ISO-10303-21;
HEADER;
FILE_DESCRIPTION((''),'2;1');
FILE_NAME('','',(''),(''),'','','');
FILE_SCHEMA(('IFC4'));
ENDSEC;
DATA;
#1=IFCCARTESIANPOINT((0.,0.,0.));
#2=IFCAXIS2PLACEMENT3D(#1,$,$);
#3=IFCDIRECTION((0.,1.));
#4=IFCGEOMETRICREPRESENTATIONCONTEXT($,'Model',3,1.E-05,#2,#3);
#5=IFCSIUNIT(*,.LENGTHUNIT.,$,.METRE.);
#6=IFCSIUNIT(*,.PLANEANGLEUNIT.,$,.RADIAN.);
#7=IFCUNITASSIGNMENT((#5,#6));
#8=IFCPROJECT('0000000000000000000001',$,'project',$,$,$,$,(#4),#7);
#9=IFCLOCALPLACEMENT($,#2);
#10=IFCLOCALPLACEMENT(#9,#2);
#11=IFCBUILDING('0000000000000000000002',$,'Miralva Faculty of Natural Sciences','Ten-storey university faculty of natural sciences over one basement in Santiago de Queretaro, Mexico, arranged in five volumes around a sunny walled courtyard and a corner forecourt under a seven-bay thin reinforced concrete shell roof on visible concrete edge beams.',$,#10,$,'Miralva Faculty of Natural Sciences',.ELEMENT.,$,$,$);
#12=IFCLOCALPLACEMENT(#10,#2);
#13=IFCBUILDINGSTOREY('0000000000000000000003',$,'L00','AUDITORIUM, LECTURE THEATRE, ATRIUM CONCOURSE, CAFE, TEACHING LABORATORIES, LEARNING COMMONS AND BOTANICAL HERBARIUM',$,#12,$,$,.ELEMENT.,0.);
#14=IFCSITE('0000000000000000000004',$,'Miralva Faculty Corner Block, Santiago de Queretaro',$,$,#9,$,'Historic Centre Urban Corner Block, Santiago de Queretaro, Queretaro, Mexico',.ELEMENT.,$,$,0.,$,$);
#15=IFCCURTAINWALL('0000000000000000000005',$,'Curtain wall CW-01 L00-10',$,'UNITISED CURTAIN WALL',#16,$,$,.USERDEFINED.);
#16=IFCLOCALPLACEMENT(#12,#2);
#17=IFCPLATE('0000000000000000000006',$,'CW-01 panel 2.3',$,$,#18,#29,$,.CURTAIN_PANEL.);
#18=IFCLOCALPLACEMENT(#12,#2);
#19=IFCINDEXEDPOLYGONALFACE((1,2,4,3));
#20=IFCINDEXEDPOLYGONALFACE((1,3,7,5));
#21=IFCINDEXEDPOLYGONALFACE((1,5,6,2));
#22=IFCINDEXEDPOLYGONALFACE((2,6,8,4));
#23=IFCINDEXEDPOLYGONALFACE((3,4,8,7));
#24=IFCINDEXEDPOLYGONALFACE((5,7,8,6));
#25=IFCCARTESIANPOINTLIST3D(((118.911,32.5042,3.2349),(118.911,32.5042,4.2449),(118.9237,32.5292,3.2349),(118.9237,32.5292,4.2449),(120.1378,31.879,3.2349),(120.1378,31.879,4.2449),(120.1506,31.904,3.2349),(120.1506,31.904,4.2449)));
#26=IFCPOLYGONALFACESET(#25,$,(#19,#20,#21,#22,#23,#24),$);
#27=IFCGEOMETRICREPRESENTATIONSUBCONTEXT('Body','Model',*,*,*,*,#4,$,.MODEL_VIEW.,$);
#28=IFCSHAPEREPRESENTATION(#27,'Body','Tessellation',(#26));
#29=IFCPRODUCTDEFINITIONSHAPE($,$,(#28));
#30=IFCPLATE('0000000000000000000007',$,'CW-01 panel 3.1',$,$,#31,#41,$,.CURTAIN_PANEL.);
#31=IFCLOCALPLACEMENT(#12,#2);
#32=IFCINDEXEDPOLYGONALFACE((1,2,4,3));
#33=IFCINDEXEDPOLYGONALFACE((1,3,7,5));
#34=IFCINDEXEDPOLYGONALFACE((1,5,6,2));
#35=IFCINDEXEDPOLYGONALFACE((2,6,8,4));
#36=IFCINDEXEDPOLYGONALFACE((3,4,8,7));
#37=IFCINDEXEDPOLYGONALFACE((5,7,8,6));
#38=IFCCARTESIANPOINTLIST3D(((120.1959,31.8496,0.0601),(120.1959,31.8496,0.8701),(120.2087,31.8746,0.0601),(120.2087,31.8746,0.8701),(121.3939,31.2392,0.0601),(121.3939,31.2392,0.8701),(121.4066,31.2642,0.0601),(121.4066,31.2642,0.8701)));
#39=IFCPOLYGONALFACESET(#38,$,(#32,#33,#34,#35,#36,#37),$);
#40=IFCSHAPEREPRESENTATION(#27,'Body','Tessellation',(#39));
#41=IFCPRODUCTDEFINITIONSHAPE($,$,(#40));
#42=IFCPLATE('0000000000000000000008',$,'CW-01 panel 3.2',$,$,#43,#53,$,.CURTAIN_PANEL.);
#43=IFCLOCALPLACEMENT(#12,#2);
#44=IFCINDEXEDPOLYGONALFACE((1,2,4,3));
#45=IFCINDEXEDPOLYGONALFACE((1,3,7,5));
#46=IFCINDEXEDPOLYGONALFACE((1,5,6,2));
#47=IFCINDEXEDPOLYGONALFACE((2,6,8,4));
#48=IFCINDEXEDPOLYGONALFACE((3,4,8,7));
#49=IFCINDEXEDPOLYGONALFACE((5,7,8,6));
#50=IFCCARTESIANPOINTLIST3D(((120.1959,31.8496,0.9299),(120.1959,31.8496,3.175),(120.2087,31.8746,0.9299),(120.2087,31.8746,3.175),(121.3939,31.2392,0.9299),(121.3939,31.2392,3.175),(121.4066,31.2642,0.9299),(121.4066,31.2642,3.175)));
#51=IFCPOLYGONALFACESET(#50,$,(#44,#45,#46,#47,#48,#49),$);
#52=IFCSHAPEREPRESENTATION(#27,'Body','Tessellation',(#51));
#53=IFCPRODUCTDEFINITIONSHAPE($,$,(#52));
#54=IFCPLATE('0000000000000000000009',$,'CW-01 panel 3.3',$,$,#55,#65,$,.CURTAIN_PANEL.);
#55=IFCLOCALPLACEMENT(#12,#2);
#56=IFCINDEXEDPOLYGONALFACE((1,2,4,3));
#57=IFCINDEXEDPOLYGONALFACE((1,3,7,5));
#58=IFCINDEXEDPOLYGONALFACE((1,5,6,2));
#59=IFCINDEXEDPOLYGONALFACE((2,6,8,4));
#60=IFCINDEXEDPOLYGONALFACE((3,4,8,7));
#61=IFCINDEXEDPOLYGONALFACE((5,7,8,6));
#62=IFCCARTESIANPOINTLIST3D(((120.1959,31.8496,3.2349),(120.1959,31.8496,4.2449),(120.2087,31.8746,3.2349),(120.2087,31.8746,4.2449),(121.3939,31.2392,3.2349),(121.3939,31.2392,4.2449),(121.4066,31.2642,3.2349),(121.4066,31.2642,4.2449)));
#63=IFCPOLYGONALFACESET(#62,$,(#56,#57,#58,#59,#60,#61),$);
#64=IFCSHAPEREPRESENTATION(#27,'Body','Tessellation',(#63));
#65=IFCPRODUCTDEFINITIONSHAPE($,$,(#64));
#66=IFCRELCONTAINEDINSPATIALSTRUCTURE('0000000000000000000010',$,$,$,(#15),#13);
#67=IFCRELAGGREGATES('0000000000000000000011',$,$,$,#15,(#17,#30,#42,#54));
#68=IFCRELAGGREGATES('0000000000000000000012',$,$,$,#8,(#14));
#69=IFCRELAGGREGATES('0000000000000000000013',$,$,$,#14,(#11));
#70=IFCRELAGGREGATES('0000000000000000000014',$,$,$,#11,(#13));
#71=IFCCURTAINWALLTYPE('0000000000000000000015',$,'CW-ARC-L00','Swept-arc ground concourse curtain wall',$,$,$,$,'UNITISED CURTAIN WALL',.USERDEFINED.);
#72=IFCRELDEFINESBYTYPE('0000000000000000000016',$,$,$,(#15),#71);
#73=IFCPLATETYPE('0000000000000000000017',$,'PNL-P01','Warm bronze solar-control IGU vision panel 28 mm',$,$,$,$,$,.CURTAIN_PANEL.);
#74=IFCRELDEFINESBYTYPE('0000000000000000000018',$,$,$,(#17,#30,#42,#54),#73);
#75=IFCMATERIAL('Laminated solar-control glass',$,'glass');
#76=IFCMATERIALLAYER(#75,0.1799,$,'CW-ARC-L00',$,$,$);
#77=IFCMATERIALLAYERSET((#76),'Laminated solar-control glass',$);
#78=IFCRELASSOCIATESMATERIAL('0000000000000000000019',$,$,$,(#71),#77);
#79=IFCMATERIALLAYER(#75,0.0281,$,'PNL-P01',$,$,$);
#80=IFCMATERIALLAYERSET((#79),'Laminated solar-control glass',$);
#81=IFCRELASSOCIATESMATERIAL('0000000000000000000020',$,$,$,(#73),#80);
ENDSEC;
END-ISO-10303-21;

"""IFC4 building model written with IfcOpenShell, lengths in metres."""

from ifc_helpers import new_model, si_unit, direction, frame, origin, origin_2d, place, context, subcontext, project, spatial, rectangle, extrude, material, layer, layer_set, type_object, element, aggregate, save


model = new_model("IFC4")

# Units and contexts
model_context = context("Model", 3, precision=1e-05, world=origin(), true_north=direction((0.0, 1.0)))
body_context = subcontext(model_context, "Body", "Model", "MODEL_VIEW")
ifc_project = project(units=[si_unit("LENGTHUNIT", "METRE"), si_unit("PLANEANGLEUNIT", "RADIAN")], contexts=[model_context])

# Site, building, storey
site_placement = place(None, origin())
site = spatial("IfcSite", under=ifc_project, at=site_placement, Name="Miralva Faculty Corner Block, Santiago de Queretaro", LongName="Historic Centre Urban Corner Block, Santiago de Queretaro, Queretaro, Mexico", CompositionType="ELEMENT", RefElevation=0.0)
building_placement = place(site_placement, origin())
building = spatial("IfcBuilding", under=site, at=building_placement, Name="Miralva Faculty of Natural Sciences", Description="Ten-storey university faculty of natural sciences over one basement in Santiago de Queretaro, Mexico, arranged in five volumes around a sunny walled courtyard and a corner forecourt under a seven-bay thin reinforced concrete shell roof on visible concrete edge beams.", LongName="Miralva Faculty of Natural Sciences", CompositionType="ELEMENT")
storey_placement = place(building_placement, origin())
storey = spatial("IfcBuildingStorey", under=building, at=storey_placement, Name="L00", Description="AUDITORIUM, LECTURE THEATRE, ATRIUM CONCOURSE, CAFE, TEACHING LABORATORIES, LEARNING COMMONS AND BOTANICAL HERBARIUM", CompositionType="ELEMENT", Elevation=0.0)

# Curtain wall
ifc_material_1 = material(Name="Laminated solar-control glass", Category="glass")
ifc_layer_1 = layer(ifc_material_1, 0.1799, Name="CW-ARC-L00")
ifc_layer_set_1 = layer_set([ifc_layer_1], Name="Laminated solar-control glass")
curtain_wall_type = type_object("IfcCurtainWallType", Name="CW-ARC-L00", Description="Swept-arc ground concourse curtain wall", ElementType="UNITISED CURTAIN WALL", PredefinedType="USERDEFINED", material=ifc_layer_set_1)
curtain_wall_1_placement = place(storey_placement, origin())
curtain_wall_1 = element("IfcCurtainWall", 1, at=curtain_wall_1_placement, inside=storey, type_object=curtain_wall_type, Name="Curtain wall CW-01 L00-10", ObjectType="UNITISED CURTAIN WALL", PredefinedType="USERDEFINED")

# Plates
ifc_layer_2 = layer(ifc_material_1, 0.0281, Name="PNL-P01")
ifc_layer_set_2 = layer_set([ifc_layer_2], Name="Laminated solar-control glass")
plate_type = type_object("IfcPlateType", Name="PNL-P01", Description="Warm bronze solar-control IGU vision panel 28 mm", PredefinedType="CURTAIN_PANEL", material=ifc_layer_set_2)
plate_1_placement = place(storey_placement, frame((119.5308, 32.2041, 3.2349), z_axis=(0.0, 0.0, 1.0), x_axis=(0.891003, -0.453997, 0.0)))
plate_1 = element("IfcPlate", 2, at=plate_1_placement, type_object=plate_type, Name="CW-01 panel 2.3", PredefinedType="CURTAIN_PANEL", context=body_context, shape_type="SweptSolid", body=[
    extrude(rectangle(XDim=1.377, YDim=0.0281, at=origin_2d()), origin(), (0.0, 0.0, 1.0), 1.01),
])
plate_2_placement = place(storey_placement, frame((120.8013, 31.5569, 0.0601), z_axis=(0.0, 0.0, 1.0), x_axis=(0.891003, -0.453997, 0.0)))
plate_2 = element("IfcPlate", 3, at=plate_2_placement, type_object=plate_type, Name="CW-01 panel 3.1", PredefinedType="CURTAIN_PANEL", context=body_context, shape_type="SweptSolid", body=[
    extrude(rectangle(XDim=1.3445, YDim=0.0281, at=origin_2d()), origin(), (0.0, 0.0, 1.0), 0.8101),
])
plate_3_placement = place(storey_placement, frame((120.8013, 31.5569, 0.9299), z_axis=(0.0, 0.0, 1.0), x_axis=(0.891003, -0.453997, 0.0)))
plate_3 = element("IfcPlate", 4, at=plate_3_placement, type_object=plate_type, Name="CW-01 panel 3.2", PredefinedType="CURTAIN_PANEL", context=body_context, shape_type="SweptSolid", body=[
    extrude(rectangle(XDim=1.3445, YDim=0.0281, at=origin_2d()), origin(), (0.0, 0.0, 1.0), 2.2451),
])
plate_4_placement = place(storey_placement, frame((120.8013, 31.5569, 3.2349), z_axis=(0.0, 0.0, 1.0), x_axis=(0.891003, -0.453997, 0.0)))
plate_4 = element("IfcPlate", 5, at=plate_4_placement, type_object=plate_type, Name="CW-01 panel 3.3", PredefinedType="CURTAIN_PANEL", context=body_context, shape_type="SweptSolid", body=[
    extrude(rectangle(XDim=1.3445, YDim=0.0281, at=origin_2d()), origin(), (0.0, 0.0, 1.0), 1.01),
])
aggregate(curtain_wall_1, [plate_1, plate_2, plate_3, plate_4])

save(model, "model.ifc")
